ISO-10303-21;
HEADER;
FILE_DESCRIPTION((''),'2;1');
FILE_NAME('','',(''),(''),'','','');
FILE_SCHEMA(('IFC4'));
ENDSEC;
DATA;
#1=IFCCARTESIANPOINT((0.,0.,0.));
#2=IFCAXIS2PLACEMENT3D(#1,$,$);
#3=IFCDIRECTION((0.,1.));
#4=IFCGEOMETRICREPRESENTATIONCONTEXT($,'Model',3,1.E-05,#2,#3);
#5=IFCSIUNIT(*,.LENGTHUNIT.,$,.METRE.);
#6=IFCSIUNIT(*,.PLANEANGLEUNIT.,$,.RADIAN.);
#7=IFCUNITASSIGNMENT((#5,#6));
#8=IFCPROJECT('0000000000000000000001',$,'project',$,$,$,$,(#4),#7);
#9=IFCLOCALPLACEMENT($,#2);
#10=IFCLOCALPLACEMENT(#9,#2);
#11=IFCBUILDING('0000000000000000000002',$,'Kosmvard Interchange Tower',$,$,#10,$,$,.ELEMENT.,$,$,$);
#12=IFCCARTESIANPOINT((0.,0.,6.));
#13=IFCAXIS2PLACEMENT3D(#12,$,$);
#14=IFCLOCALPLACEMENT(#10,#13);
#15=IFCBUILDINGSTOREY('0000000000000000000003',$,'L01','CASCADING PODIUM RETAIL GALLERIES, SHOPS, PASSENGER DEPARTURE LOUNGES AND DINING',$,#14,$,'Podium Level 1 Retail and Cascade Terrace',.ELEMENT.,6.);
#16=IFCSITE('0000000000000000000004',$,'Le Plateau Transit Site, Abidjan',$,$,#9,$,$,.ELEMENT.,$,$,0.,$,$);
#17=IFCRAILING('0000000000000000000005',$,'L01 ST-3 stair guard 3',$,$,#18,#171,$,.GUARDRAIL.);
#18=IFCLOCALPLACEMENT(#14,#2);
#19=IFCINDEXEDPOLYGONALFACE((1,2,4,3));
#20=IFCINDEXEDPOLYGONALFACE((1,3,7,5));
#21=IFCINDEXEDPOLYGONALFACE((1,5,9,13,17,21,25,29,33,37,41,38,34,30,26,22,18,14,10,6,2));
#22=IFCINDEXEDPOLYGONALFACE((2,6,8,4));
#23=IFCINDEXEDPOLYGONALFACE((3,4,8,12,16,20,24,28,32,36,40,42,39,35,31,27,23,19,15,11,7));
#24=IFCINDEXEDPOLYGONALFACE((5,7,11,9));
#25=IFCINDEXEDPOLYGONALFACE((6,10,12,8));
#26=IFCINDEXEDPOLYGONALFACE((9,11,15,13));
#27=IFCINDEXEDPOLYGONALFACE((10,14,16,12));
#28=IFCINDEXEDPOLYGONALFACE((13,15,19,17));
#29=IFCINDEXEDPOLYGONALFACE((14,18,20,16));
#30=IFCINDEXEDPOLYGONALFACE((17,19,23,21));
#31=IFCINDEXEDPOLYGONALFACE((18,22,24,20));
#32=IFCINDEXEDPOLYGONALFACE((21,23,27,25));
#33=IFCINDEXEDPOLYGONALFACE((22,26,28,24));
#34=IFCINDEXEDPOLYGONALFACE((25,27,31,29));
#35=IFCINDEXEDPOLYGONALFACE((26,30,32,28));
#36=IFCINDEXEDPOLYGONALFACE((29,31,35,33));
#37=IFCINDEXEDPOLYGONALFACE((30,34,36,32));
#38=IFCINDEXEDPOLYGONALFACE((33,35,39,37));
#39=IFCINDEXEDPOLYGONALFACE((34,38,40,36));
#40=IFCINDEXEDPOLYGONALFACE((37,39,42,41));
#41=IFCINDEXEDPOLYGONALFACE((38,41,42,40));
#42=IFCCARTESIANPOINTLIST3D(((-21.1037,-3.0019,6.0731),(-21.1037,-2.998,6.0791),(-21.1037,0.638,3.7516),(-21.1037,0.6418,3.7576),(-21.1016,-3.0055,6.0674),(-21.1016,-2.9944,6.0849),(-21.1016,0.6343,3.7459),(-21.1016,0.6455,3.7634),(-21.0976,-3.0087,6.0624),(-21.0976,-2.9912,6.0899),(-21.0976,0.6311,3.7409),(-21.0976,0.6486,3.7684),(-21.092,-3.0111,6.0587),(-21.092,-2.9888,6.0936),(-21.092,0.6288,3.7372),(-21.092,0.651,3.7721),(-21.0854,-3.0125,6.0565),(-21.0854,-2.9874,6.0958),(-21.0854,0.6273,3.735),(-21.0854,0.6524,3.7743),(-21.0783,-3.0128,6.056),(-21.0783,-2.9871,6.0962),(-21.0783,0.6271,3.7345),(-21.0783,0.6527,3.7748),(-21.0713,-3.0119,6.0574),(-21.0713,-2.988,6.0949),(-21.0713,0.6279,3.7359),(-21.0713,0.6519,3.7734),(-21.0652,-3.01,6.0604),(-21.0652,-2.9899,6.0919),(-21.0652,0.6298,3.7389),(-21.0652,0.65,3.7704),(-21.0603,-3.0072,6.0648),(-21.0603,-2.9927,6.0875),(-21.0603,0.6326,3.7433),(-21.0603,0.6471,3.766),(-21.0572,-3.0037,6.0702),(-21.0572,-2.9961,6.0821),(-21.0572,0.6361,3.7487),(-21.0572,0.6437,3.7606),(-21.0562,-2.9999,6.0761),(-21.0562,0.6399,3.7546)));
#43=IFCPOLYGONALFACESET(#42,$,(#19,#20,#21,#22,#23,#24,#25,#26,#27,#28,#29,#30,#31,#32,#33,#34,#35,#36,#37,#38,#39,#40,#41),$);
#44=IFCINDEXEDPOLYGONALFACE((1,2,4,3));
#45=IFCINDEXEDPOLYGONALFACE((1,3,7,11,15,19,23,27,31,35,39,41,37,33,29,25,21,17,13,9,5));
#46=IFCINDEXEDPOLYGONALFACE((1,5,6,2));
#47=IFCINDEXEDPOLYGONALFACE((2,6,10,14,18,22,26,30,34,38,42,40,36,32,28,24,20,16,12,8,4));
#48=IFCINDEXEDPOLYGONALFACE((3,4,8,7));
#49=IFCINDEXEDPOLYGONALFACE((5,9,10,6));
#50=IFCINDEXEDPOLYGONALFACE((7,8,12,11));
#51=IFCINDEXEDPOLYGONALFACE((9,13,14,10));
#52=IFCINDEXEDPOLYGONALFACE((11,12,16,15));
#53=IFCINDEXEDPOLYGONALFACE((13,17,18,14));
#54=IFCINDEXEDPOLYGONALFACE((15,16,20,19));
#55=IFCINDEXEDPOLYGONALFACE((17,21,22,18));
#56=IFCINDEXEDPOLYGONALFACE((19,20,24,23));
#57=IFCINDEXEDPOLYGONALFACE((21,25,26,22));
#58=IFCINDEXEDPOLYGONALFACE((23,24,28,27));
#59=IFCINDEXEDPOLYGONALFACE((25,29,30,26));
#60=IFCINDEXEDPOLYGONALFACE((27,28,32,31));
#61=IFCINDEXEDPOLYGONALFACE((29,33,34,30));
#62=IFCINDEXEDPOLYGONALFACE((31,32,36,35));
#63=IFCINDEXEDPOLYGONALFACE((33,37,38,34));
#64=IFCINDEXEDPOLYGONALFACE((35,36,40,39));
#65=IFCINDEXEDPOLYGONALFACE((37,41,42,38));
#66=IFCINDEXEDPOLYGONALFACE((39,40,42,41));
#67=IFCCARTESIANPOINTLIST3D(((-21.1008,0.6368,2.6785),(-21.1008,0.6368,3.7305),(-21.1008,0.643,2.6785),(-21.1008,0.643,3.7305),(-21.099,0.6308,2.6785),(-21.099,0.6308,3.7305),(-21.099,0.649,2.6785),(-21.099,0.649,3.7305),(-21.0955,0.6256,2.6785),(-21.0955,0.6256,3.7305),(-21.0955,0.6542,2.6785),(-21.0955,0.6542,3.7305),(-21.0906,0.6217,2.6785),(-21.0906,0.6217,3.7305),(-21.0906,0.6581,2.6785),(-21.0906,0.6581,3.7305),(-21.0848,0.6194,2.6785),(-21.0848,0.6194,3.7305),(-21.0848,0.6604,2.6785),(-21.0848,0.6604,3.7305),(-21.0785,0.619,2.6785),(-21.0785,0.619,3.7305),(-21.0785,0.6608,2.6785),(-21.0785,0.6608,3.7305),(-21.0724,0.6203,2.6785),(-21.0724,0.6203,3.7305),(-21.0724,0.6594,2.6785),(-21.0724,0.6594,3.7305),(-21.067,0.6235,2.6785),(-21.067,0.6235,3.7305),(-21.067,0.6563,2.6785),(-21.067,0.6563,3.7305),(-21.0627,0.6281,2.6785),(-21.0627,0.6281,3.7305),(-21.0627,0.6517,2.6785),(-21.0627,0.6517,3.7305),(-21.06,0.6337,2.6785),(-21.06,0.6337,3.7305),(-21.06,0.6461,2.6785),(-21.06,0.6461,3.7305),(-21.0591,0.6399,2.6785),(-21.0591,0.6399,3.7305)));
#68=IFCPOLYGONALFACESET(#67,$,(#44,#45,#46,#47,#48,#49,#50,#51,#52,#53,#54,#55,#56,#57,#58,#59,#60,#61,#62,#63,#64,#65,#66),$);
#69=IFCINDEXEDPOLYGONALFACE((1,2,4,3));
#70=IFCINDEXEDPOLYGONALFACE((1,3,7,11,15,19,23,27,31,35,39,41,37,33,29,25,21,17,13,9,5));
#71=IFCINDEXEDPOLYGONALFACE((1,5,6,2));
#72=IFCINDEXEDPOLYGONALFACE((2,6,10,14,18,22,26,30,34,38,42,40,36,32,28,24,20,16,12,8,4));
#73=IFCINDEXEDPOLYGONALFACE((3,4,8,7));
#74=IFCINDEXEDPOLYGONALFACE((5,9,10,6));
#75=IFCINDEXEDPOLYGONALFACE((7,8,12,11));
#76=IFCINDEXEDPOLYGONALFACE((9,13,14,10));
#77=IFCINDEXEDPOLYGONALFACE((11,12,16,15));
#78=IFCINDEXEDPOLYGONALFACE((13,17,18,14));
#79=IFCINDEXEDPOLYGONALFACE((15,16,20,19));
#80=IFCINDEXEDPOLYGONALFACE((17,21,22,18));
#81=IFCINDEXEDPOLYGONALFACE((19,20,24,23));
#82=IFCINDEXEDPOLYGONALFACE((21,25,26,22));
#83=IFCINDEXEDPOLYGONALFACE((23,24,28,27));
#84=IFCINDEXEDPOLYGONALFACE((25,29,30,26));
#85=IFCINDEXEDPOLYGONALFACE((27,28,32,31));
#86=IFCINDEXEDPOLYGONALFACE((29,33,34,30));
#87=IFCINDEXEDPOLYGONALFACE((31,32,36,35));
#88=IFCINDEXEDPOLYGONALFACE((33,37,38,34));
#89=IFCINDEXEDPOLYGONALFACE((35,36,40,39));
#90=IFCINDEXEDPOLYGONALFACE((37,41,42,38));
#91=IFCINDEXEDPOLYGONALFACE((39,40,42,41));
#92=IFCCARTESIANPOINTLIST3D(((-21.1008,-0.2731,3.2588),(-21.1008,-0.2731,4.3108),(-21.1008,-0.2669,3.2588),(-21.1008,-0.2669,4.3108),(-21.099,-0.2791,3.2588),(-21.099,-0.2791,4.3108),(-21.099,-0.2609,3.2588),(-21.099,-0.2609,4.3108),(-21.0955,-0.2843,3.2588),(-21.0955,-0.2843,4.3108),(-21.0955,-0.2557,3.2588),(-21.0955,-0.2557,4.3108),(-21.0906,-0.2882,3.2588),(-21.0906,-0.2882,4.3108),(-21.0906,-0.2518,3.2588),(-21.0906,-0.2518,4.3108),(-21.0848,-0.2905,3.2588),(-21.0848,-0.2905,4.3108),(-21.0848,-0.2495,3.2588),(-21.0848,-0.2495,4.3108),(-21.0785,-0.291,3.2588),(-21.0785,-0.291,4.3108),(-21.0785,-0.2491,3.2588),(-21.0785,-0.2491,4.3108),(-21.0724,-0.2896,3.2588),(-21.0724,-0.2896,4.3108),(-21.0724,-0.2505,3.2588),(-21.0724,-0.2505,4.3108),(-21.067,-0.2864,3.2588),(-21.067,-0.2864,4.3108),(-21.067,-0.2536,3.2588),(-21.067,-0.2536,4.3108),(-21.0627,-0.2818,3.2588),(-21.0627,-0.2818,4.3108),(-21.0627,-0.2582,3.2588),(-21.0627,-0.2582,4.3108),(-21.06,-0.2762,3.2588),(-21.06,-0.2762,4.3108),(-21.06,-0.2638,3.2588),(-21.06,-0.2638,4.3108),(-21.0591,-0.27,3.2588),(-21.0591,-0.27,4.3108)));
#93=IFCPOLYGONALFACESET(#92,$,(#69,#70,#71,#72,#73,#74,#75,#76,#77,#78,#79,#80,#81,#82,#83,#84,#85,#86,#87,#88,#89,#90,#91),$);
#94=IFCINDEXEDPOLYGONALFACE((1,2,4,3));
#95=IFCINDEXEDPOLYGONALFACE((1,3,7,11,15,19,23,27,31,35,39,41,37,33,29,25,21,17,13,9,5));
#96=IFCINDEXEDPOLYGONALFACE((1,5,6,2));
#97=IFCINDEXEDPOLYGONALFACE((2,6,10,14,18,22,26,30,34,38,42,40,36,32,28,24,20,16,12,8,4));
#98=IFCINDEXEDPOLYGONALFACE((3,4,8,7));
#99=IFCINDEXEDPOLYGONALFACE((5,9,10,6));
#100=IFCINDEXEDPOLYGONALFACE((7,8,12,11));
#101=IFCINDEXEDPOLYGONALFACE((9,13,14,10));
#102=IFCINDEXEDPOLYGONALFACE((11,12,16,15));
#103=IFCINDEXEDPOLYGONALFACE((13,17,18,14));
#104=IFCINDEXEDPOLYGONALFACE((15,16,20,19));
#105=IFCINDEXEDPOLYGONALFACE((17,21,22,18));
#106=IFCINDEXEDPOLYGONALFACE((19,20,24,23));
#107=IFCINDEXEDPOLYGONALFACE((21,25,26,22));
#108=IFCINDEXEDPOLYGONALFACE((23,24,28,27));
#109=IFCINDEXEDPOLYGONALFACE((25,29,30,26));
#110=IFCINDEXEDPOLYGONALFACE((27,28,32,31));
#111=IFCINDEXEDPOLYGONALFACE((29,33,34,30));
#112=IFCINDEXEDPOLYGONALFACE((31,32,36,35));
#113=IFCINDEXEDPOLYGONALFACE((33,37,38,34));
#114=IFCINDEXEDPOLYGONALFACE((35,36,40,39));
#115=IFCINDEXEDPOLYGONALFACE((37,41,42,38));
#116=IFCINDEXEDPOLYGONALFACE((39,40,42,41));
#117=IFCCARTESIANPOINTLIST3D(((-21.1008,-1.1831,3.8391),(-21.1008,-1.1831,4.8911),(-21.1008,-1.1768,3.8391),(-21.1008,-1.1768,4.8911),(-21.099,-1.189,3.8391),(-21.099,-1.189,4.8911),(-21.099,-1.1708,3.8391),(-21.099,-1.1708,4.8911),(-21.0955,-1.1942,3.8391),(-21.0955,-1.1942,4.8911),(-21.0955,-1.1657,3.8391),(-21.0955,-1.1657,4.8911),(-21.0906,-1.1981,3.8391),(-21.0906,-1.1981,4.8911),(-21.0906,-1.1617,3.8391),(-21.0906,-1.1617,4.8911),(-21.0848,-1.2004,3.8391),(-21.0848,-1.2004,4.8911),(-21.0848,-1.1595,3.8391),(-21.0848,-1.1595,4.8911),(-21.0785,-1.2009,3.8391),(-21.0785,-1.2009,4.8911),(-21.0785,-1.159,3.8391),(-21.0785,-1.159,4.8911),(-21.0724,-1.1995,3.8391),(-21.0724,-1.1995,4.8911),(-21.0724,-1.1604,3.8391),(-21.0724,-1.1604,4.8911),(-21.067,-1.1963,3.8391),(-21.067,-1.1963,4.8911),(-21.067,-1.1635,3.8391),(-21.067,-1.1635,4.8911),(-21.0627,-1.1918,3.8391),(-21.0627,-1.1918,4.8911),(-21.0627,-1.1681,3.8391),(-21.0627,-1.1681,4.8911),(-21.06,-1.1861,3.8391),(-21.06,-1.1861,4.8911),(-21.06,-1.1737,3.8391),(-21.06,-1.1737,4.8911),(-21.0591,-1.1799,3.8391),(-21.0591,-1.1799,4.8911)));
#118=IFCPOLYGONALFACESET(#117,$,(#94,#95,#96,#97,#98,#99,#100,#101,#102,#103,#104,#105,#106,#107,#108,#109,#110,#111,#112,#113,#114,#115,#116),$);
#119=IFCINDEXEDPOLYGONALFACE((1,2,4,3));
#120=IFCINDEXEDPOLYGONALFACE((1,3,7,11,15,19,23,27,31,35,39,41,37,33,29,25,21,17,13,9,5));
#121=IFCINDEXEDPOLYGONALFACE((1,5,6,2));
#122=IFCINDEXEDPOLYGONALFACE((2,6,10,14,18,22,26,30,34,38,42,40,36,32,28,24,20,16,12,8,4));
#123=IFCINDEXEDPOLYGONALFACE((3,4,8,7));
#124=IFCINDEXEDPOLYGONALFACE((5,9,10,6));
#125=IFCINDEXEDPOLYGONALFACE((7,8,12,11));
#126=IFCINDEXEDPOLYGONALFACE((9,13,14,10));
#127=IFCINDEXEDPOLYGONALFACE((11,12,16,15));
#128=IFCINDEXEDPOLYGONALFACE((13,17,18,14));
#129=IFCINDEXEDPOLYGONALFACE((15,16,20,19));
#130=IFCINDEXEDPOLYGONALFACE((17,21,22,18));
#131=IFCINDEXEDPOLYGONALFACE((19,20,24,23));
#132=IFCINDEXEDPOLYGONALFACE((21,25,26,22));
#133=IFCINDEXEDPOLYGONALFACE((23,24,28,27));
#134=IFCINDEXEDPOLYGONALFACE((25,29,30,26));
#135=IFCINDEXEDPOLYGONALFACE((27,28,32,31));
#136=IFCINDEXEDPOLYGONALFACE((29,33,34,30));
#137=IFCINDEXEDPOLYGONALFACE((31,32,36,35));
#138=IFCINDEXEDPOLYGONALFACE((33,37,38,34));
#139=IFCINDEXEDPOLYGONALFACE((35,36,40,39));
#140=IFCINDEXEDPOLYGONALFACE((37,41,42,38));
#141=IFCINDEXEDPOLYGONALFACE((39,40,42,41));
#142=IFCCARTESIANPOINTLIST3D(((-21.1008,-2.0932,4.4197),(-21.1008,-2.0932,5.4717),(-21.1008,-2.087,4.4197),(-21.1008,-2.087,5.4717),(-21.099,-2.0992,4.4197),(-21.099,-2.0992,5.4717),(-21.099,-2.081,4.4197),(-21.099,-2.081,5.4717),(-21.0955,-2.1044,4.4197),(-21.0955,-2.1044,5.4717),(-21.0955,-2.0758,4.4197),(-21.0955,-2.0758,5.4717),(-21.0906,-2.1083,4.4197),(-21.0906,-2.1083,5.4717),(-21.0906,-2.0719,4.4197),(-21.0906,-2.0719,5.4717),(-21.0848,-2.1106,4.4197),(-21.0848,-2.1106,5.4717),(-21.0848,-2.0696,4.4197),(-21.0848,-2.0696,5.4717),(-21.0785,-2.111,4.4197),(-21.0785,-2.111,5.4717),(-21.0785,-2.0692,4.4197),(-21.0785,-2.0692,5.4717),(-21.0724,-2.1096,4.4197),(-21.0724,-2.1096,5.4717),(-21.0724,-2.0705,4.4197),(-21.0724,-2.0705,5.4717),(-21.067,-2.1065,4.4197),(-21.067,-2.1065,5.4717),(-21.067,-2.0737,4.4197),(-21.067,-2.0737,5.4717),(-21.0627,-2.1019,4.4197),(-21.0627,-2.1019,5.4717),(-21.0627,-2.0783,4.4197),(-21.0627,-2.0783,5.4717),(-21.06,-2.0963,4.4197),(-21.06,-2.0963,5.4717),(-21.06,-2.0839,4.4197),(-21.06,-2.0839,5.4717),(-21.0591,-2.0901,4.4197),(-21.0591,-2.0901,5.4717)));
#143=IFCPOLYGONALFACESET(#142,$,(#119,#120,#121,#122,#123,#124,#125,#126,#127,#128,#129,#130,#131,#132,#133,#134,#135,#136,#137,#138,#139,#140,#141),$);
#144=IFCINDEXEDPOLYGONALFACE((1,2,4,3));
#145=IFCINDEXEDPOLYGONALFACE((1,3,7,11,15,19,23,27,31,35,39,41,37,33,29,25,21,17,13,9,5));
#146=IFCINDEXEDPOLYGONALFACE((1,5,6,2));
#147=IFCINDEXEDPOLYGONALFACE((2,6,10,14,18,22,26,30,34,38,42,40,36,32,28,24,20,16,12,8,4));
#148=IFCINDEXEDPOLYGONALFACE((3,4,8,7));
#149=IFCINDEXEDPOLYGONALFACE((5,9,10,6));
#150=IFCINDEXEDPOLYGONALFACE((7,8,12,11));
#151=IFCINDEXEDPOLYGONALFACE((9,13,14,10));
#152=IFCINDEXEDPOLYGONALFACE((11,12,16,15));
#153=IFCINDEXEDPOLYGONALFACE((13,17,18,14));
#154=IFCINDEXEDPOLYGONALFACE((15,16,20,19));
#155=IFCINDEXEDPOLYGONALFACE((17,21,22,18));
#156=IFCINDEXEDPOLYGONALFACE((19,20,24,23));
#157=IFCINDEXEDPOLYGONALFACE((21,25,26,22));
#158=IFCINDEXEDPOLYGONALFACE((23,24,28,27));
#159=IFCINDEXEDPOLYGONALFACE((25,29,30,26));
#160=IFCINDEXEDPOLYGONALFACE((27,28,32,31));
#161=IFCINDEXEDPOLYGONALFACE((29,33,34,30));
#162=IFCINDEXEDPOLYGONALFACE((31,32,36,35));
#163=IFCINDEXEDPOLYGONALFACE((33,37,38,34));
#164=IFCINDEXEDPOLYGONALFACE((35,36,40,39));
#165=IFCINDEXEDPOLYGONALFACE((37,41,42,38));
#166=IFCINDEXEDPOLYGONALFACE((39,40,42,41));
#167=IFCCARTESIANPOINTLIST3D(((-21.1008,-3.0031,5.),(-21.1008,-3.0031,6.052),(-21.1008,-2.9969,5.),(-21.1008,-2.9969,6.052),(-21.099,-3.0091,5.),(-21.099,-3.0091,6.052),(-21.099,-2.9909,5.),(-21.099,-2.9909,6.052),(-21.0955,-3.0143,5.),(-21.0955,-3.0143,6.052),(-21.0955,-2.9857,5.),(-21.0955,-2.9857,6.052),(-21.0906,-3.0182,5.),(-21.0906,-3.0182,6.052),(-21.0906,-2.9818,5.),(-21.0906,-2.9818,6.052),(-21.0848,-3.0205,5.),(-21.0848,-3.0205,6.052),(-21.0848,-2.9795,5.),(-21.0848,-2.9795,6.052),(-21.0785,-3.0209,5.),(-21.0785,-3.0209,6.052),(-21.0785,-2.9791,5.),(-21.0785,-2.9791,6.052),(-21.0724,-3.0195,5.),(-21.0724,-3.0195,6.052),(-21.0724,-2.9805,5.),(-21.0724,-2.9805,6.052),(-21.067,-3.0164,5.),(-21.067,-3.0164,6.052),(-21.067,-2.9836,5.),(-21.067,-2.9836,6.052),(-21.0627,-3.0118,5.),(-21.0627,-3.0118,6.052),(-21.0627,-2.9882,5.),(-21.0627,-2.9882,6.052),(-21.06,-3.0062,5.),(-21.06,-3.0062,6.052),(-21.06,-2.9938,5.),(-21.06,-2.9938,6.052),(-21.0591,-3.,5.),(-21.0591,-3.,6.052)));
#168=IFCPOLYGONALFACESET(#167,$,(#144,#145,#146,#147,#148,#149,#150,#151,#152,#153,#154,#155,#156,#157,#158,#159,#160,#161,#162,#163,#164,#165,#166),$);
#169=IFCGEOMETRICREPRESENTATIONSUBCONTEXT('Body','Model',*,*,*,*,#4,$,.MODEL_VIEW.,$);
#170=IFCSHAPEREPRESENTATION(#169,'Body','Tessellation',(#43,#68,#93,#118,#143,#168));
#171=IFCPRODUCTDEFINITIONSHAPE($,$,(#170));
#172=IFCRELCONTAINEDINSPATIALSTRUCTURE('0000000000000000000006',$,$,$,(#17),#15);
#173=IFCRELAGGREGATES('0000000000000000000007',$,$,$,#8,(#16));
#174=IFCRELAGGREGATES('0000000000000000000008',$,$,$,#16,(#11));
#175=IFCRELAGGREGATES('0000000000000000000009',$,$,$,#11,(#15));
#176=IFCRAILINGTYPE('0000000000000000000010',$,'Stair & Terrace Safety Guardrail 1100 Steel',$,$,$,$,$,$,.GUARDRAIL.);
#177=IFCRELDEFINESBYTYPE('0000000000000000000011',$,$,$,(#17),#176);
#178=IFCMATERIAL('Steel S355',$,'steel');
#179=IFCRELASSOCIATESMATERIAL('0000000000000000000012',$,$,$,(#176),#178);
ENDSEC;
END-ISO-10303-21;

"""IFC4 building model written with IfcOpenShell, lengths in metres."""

from ifc_helpers import new_model, si_unit, direction, frame, origin, origin_2d, place, context, subcontext, project, spatial, circle, extrude, source, transform, mapped, material, type_object, element, save


model = new_model("IFC4")

# Units and contexts
model_context = context("Model", 3, precision=1e-05, world=origin(), true_north=direction((0.0, 1.0)))
body_context = subcontext(model_context, "Body", "Model", "MODEL_VIEW")
ifc_project = project(units=[si_unit("LENGTHUNIT", "METRE"), si_unit("PLANEANGLEUNIT", "RADIAN")], contexts=[model_context])

# Site, building, storey
site_placement = place(None, origin())
site = spatial("IfcSite", under=ifc_project, at=site_placement, Name="Le Plateau Transit Site, Abidjan", CompositionType="ELEMENT", RefElevation=0.0)
building_placement = place(site_placement, origin())
building = spatial("IfcBuilding", under=site, at=building_placement, Name="Kosmvard Interchange Tower", CompositionType="ELEMENT")
storey_placement = place(building_placement, frame((0.0, 0.0, 6.0)))
storey = spatial("IfcBuildingStorey", under=building, at=storey_placement, Name="L01", Description="CASCADING PODIUM RETAIL GALLERIES, SHOPS, PASSENGER DEPARTURE LOUNGES AND DINING", LongName="Podium Level 1 Retail and Cascade Terrace", CompositionType="ELEMENT", Elevation=6.0)

# Railing
ifc_material_1 = material(Name="Steel S355", Category="steel")
railing_type_1 = type_object("IfcRailingType", Name="Stair & Terrace Safety Guardrail 1100 Steel", PredefinedType="GUARDRAIL", material=ifc_material_1)
shared_shape_1 = source(origin(), body_context, "Body", "SweptSolid", [
    extrude(circle(Radius=0.0239, at=origin_2d()), frame((0.0, 0.0, 1.0762), z_axis=(0.0, -0.843112, 0.537739), x_axis=(1.0, 0.0, 0.0)), (0.0, 0.0, 1.0), 4.3171),
    extrude(circle(Radius=0.021, at=origin_2d()), origin(), (0.0, 0.0, 1.0), 1.052),
    extrude(circle(Radius=0.021, at=origin_2d()), frame((0.0, -0.9099, 0.5803)), (0.0, 0.0, 1.0), 1.052),
    extrude(circle(Radius=0.021, at=origin_2d()), frame((0.0, -1.8198, 1.1606)), (0.0, 0.0, 1.0), 1.052),
    extrude(circle(Radius=0.021, at=origin_2d()), frame((0.0, -2.73, 1.7412)), (0.0, 0.0, 1.0), 1.052),
    extrude(circle(Radius=0.021, at=origin_2d()), frame((0.0, -3.6399, 2.3215)), (0.0, 0.0, 1.0), 1.052),
])
railing_1_placement = place(storey_placement, frame((-21.0801, 0.6399, 2.6785)))
element("IfcRailing", 1, at=railing_1_placement, inside=storey, type_object=railing_type_1, Name="L01 ST-3 stair guard 3", PredefinedType="GUARDRAIL", context=body_context, shape_type="MappedRepresentation", body=[
    mapped(shared_shape_1, transform((0.0, 0.0, 0.0), scale=1.0)),
])

save(model, "model.ifc")
